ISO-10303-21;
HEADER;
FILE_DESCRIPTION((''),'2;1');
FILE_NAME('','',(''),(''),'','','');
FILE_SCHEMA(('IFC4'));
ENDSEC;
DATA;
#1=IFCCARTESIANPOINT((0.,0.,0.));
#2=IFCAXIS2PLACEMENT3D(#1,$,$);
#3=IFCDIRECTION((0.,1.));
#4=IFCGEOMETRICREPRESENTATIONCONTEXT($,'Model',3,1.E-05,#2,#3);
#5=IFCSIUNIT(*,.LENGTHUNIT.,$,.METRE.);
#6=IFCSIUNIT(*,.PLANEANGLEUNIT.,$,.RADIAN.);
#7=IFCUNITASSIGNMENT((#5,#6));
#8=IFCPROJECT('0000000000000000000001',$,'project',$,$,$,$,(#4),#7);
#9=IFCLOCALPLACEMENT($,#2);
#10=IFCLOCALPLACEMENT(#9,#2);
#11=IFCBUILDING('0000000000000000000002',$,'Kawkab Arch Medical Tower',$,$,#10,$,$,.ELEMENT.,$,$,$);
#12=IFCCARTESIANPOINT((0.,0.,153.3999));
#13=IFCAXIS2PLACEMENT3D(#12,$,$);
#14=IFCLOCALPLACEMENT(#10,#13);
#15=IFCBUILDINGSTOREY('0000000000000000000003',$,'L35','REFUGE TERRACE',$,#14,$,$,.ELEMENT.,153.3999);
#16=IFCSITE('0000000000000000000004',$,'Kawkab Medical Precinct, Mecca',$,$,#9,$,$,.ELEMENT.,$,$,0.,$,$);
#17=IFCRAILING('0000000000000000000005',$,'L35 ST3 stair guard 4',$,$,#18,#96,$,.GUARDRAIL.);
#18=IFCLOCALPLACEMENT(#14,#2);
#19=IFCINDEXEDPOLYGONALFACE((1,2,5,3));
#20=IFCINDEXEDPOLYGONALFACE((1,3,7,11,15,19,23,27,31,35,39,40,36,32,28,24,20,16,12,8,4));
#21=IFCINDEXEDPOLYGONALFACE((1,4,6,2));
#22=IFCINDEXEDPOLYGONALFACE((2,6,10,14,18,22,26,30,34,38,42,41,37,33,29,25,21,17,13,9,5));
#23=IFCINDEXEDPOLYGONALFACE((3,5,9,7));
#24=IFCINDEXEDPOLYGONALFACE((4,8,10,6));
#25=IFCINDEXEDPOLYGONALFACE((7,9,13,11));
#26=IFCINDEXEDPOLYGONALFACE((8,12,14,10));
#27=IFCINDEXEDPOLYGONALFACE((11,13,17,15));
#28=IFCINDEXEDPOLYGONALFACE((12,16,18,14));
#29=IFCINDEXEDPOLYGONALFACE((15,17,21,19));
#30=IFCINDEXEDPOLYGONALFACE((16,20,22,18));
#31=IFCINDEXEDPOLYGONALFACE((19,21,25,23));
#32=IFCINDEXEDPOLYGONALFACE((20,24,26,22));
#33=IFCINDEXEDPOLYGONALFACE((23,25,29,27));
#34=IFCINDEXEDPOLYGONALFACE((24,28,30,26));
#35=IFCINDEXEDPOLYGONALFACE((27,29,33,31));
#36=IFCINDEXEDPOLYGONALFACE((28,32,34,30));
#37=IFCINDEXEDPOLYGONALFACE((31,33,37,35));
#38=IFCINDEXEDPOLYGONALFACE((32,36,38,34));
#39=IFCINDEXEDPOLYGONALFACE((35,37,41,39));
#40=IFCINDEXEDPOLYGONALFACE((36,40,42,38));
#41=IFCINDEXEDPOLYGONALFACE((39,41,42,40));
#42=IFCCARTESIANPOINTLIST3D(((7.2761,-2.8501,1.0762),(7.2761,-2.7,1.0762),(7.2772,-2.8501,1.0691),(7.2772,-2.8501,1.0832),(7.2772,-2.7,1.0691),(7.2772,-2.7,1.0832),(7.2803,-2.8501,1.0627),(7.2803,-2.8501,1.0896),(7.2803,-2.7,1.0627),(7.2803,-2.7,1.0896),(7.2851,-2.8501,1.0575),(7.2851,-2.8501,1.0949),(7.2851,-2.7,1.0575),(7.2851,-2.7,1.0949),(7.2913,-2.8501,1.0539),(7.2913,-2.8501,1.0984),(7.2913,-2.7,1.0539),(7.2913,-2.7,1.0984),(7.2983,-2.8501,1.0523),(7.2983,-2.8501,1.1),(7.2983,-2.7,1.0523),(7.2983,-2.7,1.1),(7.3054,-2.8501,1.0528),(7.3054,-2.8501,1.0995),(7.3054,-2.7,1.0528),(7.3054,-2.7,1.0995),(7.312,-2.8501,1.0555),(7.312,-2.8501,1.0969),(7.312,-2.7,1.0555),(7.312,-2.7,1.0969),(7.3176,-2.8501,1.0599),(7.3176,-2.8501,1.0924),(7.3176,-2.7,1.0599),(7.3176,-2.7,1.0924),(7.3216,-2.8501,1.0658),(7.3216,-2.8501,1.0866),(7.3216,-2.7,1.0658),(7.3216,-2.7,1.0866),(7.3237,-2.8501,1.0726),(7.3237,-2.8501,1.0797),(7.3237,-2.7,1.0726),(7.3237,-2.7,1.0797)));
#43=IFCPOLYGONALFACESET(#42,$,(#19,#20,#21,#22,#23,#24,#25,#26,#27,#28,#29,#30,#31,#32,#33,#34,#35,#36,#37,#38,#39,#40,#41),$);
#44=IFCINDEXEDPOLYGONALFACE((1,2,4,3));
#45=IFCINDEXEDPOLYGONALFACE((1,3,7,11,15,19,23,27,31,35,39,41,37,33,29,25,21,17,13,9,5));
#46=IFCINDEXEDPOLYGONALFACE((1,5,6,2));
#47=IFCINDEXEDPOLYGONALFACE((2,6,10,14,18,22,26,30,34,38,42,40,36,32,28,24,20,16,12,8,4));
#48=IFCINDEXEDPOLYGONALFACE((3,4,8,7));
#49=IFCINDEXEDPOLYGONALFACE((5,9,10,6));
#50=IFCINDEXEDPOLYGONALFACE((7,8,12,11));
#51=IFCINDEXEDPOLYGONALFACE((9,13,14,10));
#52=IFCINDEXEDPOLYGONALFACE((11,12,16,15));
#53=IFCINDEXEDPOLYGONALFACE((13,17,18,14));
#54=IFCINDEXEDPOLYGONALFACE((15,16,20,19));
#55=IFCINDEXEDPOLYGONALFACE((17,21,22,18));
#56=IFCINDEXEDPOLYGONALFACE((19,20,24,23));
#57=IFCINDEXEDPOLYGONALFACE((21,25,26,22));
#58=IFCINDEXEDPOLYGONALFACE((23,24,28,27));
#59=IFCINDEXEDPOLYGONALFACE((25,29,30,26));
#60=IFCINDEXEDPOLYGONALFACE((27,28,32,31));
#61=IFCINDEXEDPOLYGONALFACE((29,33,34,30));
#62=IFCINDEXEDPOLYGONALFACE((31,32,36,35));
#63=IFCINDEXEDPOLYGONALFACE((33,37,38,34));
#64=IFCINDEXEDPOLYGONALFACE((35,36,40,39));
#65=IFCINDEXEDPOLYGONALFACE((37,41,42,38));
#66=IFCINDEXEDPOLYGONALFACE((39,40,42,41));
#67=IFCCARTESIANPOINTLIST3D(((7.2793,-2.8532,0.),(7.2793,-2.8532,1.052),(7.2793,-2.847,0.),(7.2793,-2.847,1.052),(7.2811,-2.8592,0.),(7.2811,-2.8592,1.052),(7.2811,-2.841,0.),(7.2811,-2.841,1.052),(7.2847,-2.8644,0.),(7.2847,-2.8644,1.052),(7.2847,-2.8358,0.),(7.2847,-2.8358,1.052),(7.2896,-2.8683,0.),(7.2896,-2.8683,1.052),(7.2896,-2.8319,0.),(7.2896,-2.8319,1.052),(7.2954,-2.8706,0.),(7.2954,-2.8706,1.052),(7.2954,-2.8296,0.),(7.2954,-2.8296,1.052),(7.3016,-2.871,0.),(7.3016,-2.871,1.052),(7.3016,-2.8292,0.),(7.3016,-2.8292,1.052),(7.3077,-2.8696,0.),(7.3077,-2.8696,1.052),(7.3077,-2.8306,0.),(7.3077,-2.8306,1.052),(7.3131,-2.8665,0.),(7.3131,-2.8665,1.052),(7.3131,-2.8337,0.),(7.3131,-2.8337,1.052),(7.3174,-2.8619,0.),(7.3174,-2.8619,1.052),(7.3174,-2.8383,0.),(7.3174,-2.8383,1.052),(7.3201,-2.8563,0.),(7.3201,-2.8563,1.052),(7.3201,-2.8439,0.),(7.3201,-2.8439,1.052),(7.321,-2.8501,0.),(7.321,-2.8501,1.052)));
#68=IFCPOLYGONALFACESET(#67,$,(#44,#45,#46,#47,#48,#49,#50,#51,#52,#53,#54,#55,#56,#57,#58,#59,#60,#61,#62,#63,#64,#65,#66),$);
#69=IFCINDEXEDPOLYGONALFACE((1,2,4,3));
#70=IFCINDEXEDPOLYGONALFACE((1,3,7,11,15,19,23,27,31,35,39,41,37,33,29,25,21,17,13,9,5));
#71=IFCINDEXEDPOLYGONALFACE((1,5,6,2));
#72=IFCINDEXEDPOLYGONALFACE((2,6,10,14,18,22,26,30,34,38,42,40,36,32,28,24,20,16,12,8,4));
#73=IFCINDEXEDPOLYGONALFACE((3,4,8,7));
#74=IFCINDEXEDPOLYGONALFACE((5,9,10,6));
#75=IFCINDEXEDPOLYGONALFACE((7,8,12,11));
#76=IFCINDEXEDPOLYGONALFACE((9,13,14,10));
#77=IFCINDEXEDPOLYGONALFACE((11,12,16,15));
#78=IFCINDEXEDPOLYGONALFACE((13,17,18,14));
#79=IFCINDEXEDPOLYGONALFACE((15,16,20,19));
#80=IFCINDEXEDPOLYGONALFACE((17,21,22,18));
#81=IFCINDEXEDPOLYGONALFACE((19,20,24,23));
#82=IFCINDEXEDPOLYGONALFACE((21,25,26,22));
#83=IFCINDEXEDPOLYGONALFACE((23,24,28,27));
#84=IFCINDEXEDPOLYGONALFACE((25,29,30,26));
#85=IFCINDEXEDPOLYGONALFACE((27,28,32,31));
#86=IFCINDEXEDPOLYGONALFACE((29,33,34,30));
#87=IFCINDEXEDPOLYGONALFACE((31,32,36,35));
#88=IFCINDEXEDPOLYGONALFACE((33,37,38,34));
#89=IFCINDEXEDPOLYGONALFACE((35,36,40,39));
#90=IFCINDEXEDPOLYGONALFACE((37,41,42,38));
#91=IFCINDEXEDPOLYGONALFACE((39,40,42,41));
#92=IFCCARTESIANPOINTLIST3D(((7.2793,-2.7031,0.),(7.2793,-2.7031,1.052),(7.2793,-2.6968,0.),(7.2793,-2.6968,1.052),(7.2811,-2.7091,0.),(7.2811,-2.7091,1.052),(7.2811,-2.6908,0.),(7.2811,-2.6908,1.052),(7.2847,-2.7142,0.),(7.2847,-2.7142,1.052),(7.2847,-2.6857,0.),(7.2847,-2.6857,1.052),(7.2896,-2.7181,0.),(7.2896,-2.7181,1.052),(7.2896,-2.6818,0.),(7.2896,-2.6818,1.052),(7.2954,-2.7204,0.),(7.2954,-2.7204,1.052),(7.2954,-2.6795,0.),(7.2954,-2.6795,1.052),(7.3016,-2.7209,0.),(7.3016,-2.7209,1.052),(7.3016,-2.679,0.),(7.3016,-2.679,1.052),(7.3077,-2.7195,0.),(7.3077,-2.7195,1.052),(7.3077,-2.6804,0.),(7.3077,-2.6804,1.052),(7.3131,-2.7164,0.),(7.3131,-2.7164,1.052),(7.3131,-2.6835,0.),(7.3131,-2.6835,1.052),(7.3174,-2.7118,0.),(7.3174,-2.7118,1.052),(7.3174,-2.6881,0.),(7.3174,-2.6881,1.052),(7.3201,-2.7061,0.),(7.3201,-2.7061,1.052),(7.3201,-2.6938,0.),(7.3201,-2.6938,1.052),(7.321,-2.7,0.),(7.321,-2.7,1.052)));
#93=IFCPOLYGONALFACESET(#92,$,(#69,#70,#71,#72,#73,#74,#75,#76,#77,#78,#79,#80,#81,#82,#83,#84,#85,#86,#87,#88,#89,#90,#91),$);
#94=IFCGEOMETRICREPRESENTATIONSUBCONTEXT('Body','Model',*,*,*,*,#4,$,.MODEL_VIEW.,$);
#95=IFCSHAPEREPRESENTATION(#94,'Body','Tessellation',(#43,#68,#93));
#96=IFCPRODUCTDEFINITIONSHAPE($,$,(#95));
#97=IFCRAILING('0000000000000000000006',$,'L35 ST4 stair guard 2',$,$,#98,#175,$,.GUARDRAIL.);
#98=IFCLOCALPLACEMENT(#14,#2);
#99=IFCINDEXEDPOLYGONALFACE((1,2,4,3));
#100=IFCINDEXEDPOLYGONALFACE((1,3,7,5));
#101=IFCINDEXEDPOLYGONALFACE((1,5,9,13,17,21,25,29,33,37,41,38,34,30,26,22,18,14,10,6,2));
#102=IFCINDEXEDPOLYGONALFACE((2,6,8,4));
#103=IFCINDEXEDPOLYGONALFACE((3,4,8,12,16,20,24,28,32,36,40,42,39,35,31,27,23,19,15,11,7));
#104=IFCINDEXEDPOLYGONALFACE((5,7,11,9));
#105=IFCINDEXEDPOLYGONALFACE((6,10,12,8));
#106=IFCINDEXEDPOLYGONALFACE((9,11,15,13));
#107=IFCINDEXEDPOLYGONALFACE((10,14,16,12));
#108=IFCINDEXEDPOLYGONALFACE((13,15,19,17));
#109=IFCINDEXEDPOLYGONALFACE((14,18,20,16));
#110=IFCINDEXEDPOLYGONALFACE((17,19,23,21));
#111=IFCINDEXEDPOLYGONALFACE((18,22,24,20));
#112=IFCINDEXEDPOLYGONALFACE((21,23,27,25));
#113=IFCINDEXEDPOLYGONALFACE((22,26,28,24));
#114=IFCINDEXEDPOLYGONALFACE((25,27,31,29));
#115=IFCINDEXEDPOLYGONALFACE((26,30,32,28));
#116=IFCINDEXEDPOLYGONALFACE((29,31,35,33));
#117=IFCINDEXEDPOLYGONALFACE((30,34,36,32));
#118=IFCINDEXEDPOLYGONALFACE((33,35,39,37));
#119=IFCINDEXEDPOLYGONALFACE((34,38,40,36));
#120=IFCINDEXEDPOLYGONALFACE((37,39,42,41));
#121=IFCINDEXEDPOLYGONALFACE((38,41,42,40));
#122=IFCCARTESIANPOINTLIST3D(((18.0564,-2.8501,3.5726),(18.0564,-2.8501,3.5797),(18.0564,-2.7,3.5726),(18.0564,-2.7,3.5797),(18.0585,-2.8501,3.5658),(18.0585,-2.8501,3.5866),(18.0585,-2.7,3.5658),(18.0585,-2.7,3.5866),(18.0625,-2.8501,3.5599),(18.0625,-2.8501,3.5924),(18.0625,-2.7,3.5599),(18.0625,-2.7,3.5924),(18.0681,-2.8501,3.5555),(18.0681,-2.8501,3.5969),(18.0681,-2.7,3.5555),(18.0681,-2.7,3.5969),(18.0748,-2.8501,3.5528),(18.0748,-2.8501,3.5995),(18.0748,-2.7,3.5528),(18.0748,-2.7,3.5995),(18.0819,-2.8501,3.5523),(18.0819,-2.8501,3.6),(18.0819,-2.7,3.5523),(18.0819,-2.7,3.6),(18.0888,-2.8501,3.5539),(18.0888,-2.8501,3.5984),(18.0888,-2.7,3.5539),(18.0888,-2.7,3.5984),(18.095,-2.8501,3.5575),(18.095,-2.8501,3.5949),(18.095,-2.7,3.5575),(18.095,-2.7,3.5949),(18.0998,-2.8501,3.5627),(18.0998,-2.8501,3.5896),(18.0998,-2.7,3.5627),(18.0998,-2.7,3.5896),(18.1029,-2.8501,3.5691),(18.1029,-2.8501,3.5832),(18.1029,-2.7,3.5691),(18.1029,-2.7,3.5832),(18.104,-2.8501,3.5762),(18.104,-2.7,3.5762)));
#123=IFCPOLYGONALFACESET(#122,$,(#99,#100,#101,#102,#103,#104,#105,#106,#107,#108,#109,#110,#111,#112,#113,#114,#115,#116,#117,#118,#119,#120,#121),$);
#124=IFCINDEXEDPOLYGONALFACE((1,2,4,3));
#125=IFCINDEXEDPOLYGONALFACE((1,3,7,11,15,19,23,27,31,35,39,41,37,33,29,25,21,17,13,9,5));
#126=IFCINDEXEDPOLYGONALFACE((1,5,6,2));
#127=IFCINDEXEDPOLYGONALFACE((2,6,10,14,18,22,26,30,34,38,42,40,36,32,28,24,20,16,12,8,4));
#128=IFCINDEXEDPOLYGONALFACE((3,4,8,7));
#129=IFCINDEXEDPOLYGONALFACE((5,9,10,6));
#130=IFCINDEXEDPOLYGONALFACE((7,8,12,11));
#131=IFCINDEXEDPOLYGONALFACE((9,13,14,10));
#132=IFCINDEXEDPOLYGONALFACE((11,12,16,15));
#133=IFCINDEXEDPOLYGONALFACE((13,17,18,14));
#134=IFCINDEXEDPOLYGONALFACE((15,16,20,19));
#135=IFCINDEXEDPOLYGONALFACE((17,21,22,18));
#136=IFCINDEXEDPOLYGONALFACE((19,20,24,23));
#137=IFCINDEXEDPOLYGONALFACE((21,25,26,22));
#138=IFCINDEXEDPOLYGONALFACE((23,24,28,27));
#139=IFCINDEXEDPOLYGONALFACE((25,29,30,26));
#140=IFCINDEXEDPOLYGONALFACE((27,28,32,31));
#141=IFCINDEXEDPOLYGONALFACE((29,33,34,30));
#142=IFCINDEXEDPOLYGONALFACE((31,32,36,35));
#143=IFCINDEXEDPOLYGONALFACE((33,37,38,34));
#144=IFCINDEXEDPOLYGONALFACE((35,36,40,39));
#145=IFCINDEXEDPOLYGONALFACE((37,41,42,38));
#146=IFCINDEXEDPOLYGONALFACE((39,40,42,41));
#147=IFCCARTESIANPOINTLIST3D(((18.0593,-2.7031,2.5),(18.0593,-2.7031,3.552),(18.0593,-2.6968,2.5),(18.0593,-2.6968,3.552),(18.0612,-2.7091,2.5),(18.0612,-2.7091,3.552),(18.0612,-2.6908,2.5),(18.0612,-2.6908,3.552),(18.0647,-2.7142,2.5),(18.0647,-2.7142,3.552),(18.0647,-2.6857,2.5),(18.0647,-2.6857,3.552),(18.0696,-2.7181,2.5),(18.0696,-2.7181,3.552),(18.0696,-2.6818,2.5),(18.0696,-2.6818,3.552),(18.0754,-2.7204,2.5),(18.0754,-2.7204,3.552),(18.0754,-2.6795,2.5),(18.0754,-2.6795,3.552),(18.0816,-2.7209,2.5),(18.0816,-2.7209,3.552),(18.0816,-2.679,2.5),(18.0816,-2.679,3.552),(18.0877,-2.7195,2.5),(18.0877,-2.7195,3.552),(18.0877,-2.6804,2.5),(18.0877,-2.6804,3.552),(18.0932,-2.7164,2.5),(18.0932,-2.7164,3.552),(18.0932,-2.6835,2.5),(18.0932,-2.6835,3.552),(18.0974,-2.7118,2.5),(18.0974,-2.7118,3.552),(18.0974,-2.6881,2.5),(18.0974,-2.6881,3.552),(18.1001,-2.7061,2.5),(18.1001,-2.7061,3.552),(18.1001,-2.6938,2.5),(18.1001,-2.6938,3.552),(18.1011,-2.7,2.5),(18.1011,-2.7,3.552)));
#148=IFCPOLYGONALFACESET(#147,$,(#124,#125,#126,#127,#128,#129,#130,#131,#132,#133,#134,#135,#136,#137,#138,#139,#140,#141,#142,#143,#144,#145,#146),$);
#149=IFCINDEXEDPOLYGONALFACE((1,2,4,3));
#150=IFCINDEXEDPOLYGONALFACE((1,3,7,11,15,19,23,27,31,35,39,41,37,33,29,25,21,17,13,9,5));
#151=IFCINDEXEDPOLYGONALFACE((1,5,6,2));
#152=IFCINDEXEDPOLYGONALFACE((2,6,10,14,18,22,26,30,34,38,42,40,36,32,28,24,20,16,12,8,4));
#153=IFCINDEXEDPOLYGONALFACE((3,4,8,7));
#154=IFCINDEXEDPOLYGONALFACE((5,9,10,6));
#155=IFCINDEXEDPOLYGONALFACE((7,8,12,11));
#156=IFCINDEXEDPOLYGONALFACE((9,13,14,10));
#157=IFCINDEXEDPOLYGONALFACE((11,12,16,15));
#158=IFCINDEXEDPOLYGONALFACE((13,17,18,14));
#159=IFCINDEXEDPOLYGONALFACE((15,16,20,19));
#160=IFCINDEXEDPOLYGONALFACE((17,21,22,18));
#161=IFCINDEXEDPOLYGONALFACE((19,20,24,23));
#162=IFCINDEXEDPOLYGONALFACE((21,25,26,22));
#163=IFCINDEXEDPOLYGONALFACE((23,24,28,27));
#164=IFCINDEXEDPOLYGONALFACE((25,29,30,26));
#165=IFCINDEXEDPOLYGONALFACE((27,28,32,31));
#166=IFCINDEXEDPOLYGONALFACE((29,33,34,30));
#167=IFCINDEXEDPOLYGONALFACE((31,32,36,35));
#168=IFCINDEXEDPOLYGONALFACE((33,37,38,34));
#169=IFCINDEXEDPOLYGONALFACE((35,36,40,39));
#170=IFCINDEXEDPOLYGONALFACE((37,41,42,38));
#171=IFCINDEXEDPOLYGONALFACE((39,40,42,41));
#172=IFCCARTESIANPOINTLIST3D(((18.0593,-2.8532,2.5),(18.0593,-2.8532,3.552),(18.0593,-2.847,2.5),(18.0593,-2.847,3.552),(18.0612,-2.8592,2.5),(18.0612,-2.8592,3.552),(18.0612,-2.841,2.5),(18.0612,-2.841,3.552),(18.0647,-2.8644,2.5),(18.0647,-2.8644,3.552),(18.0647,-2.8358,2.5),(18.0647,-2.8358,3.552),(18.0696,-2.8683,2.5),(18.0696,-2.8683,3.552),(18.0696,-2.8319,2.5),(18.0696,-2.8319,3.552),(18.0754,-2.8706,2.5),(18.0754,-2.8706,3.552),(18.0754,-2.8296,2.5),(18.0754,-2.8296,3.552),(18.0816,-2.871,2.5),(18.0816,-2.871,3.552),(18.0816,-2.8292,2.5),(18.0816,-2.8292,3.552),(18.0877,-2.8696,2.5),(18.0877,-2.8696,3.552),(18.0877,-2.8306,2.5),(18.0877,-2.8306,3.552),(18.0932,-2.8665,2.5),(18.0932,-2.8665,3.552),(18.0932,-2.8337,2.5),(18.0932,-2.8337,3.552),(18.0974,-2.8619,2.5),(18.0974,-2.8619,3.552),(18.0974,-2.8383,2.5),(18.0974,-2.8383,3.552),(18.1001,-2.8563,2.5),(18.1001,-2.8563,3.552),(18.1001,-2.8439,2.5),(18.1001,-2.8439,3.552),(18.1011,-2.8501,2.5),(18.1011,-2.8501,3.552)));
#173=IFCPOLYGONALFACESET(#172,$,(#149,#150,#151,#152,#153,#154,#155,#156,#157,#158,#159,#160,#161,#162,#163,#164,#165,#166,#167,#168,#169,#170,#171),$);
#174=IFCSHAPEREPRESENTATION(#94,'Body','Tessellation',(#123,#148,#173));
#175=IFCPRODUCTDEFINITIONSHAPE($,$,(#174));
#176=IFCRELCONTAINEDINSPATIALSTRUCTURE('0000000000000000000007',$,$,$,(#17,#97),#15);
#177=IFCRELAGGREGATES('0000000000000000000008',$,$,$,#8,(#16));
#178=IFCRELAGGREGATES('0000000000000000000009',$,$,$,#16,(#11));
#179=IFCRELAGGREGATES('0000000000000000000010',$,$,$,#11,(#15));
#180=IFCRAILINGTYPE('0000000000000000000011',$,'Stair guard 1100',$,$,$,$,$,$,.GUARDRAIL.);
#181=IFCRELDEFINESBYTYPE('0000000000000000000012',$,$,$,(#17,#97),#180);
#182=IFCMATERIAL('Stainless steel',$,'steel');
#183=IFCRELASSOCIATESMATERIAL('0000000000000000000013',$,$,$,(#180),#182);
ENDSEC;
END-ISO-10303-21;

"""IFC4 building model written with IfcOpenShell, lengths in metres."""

from ifc_helpers import new_model, si_unit, direction, frame, origin, origin_2d, place, context, subcontext, project, spatial, circle, extrude, material, type_object, element, save


model = new_model("IFC4")

# Units and contexts
model_context = context("Model", 3, precision=1e-05, world=origin(), true_north=direction((0.0, 1.0)))
body_context = subcontext(model_context, "Body", "Model", "MODEL_VIEW")
ifc_project = project(units=[si_unit("LENGTHUNIT", "METRE"), si_unit("PLANEANGLEUNIT", "RADIAN")], contexts=[model_context])

# Site, building, storey
site_placement = place(None, origin())
site = spatial("IfcSite", under=ifc_project, at=site_placement, Name="Kawkab Medical Precinct, Mecca", CompositionType="ELEMENT", RefElevation=0.0)
building_placement = place(site_placement, origin())
building = spatial("IfcBuilding", under=site, at=building_placement, Name="Kawkab Arch Medical Tower", CompositionType="ELEMENT")
storey_placement = place(building_placement, frame((0.0, 0.0, 153.3999)))
storey = spatial("IfcBuildingStorey", under=building, at=storey_placement, Name="L35", Description="REFUGE TERRACE", CompositionType="ELEMENT", Elevation=153.3999)

# Railings
ifc_material_1 = material(Name="Stainless steel", Category="steel")
railing_type = type_object("IfcRailingType", Name="Stair guard 1100", PredefinedType="GUARDRAIL", material=ifc_material_1)
railing_1_placement = place(storey_placement, frame((7.3, -2.8501, 0.0)))
element("IfcRailing", 1, at=railing_1_placement, inside=storey, type_object=railing_type, Name="L35 ST3 stair guard 4", PredefinedType="GUARDRAIL", context=body_context, shape_type="SweptSolid", body=[
    extrude(circle(Radius=0.0239, at=origin_2d()), frame((0.0, 0.0, 1.0762), z_axis=(0.0, 1.0, 0.0), x_axis=(-1.0, 0.0, 0.0)), (0.0, 0.0, 1.0), 0.1501),
    extrude(circle(Radius=0.021, at=origin_2d()), origin(), (0.0, 0.0, 1.0), 1.052),
    extrude(circle(Radius=0.021, at=origin_2d()), frame((0.0, 0.1501, 0.0)), (0.0, 0.0, 1.0), 1.052),
])
railing_2_placement = place(storey_placement, frame((18.0801, -2.7, 2.5)))
element("IfcRailing", 2, at=railing_2_placement, inside=storey, type_object=railing_type, Name="L35 ST4 stair guard 2", PredefinedType="GUARDRAIL", context=body_context, shape_type="SweptSolid", body=[
    extrude(circle(Radius=0.0239, at=origin_2d()), frame((0.0, 0.0, 1.0762), z_axis=(0.0, -1.0, 0.0), x_axis=(1.0, 0.0, 0.0)), (0.0, 0.0, 1.0), 0.1501),
    extrude(circle(Radius=0.021, at=origin_2d()), origin(), (0.0, 0.0, 1.0), 1.052),
    extrude(circle(Radius=0.021, at=origin_2d()), frame((0.0, -0.1501, 0.0)), (0.0, 0.0, 1.0), 1.052),
])

save(model, "model.ifc")
